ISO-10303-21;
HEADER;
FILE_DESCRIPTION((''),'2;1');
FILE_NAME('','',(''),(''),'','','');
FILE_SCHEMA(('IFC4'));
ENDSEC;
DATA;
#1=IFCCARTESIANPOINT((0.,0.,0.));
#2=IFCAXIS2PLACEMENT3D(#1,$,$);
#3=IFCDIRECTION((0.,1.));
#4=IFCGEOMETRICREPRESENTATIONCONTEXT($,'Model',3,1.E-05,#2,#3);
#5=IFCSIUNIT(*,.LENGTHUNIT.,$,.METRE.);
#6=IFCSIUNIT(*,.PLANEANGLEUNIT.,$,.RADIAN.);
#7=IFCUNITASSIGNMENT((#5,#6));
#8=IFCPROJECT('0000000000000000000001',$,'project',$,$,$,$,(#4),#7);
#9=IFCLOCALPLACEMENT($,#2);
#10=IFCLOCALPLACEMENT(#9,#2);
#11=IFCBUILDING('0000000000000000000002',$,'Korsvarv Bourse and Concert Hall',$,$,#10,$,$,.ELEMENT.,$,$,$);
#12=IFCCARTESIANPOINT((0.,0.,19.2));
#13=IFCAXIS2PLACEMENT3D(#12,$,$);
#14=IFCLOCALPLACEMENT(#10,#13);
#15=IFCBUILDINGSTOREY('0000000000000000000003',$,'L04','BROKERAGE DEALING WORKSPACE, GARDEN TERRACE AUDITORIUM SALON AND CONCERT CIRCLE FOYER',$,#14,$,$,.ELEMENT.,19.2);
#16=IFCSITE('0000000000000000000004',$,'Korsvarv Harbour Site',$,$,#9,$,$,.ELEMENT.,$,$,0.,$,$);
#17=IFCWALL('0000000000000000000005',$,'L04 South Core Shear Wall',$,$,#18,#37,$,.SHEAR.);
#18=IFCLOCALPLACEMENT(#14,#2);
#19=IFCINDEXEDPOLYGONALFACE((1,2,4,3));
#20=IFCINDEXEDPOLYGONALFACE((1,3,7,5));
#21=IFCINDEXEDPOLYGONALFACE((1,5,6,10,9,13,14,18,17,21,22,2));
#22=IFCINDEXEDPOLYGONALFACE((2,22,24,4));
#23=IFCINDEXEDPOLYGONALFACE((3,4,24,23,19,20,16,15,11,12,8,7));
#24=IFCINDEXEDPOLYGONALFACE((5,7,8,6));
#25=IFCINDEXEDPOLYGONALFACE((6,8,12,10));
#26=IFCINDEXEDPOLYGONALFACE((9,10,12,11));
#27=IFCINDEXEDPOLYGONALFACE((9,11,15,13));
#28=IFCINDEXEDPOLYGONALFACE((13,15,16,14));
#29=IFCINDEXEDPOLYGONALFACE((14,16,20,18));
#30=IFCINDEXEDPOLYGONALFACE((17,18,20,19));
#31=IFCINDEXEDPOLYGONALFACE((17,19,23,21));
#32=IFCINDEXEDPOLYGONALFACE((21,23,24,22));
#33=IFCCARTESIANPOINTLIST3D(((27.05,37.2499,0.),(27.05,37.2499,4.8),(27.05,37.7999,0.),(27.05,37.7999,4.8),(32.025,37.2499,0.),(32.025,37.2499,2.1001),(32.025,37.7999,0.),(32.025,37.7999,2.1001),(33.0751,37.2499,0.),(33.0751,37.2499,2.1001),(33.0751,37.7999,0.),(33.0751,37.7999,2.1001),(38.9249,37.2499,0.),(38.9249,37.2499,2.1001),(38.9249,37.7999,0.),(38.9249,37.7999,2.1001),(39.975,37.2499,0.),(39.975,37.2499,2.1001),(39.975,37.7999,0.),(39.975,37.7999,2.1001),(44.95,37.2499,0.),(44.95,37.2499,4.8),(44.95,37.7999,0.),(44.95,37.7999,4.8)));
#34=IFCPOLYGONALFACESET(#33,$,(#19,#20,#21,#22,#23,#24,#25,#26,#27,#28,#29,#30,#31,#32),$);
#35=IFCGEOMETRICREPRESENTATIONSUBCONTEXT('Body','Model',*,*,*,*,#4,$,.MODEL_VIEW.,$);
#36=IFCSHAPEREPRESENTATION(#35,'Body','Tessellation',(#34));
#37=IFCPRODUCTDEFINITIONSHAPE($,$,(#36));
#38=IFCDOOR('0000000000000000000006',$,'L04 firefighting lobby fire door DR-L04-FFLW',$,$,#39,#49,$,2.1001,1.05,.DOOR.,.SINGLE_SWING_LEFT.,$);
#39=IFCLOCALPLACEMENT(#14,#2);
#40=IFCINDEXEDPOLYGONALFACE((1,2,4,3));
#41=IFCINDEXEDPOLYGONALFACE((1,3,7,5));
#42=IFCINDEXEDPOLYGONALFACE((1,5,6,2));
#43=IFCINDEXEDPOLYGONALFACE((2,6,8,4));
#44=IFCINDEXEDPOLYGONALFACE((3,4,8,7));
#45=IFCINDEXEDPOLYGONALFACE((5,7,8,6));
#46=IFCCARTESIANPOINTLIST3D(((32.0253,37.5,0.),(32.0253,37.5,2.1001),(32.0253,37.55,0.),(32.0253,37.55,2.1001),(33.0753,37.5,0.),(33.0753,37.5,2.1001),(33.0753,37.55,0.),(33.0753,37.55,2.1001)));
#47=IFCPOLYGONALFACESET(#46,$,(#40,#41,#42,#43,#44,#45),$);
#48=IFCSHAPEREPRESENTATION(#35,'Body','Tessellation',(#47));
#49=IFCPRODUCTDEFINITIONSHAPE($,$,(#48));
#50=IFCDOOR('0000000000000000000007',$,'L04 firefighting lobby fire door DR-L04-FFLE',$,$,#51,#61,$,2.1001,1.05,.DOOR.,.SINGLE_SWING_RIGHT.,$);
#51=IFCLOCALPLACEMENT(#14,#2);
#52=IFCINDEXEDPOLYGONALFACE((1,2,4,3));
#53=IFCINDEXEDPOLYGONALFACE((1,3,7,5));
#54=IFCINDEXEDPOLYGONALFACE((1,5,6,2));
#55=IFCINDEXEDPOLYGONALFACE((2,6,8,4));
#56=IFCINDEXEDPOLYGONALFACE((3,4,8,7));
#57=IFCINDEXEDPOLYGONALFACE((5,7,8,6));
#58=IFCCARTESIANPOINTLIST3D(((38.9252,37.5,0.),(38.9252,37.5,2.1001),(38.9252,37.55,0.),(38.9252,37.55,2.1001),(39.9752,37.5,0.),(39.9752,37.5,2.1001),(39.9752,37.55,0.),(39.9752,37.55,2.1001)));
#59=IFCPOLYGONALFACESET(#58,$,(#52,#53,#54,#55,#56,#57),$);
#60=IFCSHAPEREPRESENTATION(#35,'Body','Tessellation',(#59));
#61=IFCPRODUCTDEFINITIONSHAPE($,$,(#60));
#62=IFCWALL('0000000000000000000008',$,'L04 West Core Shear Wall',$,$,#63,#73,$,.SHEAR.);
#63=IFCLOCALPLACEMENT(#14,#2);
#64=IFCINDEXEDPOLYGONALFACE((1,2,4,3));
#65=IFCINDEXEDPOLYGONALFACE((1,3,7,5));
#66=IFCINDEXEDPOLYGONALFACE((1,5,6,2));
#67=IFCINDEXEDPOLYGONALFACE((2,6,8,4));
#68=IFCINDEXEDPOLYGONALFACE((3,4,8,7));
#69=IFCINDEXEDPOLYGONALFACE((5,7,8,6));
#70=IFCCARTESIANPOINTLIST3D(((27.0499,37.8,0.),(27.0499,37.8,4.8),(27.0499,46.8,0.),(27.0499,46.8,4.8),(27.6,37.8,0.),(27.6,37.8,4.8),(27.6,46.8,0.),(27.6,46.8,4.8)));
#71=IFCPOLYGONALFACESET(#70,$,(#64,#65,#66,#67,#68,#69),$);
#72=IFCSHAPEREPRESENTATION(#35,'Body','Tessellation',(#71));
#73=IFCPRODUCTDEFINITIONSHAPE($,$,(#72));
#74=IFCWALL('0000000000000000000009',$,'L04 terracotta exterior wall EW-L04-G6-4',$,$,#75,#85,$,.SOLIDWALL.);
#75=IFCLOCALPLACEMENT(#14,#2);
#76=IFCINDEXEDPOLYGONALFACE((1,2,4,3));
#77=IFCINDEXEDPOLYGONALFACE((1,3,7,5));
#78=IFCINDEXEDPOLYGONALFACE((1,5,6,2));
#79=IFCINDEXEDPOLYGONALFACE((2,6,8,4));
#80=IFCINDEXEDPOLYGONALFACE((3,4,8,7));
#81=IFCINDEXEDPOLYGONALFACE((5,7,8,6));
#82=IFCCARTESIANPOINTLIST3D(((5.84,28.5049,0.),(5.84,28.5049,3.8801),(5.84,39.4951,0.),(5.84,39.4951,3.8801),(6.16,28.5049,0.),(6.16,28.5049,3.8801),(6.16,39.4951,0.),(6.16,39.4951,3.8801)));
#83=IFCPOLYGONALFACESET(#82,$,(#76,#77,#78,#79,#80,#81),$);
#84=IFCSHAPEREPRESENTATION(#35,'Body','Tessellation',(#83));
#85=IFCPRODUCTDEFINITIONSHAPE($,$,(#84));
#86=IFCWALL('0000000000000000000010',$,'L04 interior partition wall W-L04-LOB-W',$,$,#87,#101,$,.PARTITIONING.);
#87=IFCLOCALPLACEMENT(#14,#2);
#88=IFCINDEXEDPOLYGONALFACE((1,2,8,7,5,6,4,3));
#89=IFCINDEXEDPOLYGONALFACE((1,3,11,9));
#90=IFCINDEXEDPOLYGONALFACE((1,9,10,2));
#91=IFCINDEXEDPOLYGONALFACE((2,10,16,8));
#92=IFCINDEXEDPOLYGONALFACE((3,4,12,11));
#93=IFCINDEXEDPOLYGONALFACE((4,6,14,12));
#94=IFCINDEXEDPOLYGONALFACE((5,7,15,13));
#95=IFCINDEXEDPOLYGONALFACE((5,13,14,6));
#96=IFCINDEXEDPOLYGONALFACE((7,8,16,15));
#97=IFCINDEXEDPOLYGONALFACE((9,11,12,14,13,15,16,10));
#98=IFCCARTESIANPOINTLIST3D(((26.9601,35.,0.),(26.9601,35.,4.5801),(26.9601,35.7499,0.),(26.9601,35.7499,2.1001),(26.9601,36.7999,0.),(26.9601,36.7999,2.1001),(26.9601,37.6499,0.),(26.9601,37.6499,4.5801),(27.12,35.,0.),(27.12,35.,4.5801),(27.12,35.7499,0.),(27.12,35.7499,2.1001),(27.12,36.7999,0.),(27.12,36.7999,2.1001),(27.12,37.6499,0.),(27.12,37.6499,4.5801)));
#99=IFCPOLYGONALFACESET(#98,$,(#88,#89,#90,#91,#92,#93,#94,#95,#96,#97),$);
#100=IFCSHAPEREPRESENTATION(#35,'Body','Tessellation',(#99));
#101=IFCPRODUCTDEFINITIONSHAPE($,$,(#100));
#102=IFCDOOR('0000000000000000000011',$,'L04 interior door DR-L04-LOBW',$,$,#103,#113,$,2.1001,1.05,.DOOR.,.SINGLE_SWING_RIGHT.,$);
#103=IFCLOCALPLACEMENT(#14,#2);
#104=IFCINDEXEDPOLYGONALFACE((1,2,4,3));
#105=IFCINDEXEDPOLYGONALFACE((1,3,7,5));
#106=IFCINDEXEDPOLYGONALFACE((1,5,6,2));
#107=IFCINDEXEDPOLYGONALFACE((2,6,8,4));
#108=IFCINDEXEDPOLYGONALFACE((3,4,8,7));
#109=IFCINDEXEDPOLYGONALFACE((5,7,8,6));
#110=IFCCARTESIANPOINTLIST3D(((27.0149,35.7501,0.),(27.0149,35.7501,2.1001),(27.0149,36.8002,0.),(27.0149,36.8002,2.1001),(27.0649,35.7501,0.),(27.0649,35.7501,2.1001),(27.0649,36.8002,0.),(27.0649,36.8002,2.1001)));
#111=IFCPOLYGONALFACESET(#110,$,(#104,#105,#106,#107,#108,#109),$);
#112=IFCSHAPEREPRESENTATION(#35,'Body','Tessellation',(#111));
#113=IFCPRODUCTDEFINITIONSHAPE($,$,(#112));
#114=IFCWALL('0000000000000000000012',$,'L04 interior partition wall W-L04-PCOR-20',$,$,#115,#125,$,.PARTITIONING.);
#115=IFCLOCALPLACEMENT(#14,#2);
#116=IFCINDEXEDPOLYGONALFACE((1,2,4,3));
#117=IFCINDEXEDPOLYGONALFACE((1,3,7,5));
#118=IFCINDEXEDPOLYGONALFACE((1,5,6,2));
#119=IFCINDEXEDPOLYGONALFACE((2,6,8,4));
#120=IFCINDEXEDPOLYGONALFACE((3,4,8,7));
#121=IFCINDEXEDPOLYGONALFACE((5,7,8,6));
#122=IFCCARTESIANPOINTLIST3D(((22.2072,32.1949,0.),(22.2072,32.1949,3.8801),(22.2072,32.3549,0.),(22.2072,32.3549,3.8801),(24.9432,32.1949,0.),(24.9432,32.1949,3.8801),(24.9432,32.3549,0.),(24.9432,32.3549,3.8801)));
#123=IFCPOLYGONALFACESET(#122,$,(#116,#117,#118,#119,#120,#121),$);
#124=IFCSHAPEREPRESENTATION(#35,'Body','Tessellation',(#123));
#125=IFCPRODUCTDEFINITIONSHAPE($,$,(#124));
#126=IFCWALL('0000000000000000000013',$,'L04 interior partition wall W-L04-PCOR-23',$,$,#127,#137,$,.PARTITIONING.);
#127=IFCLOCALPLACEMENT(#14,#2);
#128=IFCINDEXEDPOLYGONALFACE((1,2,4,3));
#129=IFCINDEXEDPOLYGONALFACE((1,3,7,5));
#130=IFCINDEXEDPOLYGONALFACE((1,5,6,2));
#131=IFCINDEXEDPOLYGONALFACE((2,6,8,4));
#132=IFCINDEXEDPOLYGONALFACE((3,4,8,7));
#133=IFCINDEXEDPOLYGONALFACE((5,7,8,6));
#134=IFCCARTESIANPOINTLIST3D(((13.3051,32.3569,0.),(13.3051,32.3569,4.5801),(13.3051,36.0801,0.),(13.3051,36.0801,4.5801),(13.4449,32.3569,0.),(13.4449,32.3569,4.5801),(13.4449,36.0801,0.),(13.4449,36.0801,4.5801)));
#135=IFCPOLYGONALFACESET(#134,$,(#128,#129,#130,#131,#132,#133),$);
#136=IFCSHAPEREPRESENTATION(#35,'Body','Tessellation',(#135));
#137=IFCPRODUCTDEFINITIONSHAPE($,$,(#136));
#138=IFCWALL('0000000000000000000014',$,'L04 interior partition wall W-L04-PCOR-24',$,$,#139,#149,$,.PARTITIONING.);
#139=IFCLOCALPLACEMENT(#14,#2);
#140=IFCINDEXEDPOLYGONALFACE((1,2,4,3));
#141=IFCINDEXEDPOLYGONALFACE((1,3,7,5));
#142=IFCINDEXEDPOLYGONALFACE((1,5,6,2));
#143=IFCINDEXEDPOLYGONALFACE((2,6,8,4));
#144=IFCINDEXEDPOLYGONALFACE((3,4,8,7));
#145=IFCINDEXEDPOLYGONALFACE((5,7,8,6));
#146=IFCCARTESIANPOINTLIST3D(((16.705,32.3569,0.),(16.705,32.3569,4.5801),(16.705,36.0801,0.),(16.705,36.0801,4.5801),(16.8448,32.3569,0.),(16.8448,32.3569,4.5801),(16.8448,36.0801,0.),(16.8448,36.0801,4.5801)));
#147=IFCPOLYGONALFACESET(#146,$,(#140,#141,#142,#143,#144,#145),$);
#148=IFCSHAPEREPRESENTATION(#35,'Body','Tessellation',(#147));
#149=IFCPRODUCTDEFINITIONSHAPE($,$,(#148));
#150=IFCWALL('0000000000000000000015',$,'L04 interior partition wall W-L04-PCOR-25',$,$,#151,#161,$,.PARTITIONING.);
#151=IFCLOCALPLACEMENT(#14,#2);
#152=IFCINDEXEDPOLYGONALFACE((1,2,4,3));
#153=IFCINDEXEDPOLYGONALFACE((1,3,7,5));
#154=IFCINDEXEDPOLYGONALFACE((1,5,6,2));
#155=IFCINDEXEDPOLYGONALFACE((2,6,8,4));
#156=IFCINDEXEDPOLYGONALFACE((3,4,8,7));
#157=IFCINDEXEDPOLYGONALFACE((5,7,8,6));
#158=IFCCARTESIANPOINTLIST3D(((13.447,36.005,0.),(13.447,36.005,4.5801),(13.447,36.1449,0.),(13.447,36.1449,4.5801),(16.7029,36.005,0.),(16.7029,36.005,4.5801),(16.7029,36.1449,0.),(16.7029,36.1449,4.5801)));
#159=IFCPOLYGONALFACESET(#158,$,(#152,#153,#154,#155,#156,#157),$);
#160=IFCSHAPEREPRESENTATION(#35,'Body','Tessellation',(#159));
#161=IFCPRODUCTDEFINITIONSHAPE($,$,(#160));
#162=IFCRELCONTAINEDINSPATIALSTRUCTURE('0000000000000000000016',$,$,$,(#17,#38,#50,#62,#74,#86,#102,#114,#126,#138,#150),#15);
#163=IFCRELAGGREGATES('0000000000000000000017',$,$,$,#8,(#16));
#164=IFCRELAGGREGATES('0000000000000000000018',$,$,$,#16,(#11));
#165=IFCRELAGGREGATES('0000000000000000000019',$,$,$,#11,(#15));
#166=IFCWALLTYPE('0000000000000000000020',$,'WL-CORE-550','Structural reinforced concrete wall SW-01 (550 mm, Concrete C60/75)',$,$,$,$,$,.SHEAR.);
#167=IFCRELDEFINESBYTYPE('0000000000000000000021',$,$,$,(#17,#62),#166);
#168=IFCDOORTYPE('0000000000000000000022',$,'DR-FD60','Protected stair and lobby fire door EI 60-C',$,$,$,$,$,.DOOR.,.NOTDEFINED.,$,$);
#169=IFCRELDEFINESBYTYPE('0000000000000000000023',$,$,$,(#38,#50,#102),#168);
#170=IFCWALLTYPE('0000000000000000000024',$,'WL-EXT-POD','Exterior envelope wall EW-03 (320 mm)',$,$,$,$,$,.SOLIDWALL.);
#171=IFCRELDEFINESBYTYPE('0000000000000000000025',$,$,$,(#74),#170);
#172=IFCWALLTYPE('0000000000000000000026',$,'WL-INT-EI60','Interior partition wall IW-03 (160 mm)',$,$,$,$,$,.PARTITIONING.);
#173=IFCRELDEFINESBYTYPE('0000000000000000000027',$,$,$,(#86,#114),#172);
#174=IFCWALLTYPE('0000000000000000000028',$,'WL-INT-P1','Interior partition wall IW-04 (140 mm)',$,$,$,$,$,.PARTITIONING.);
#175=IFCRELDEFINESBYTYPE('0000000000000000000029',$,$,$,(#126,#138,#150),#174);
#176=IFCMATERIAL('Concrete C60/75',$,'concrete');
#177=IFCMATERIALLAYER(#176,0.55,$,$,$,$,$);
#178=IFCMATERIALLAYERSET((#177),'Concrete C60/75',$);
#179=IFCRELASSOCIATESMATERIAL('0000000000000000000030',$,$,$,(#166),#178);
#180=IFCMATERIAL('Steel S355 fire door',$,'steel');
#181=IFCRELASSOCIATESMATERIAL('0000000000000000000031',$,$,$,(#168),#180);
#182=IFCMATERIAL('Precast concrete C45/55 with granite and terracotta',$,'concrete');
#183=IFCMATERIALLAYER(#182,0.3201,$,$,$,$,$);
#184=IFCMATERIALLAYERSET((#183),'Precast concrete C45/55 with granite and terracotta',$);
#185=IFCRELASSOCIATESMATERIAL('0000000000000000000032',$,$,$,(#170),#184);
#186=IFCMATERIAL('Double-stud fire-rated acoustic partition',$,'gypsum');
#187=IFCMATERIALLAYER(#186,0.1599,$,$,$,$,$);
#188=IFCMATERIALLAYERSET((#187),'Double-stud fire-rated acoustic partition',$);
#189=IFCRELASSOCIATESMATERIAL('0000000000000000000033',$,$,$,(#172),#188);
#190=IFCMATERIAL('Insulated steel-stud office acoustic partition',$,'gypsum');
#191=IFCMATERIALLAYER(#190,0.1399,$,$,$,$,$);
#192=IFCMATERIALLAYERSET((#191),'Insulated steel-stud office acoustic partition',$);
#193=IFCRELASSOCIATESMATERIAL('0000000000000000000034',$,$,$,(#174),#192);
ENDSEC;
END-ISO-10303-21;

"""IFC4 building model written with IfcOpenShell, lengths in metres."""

from ifc_helpers import new_model, si_unit, direction, frame, frame_2d, origin, place, context, subcontext, project, spatial, rectangle, extrude, material, layer, layer_set, type_object, element, fill, save


model = new_model("IFC4")

# Units and contexts
model_context = context("Model", 3, precision=1e-05, world=origin(), true_north=direction((0.0, 1.0)))
body_context = subcontext(model_context, "Body", "Model", "MODEL_VIEW")
ifc_project = project(units=[si_unit("LENGTHUNIT", "METRE"), si_unit("PLANEANGLEUNIT", "RADIAN")], contexts=[model_context])

# Site, building, storey
site_placement = place(None, origin())
site = spatial("IfcSite", under=ifc_project, at=site_placement, Name="Korsvarv Harbour Site", CompositionType="ELEMENT", RefElevation=0.0)
building_placement = place(site_placement, origin())
building = spatial("IfcBuilding", under=site, at=building_placement, Name="Korsvarv Bourse and Concert Hall", CompositionType="ELEMENT")
storey_placement = place(building_placement, frame((0.0, 0.0, 19.2)))
storey = spatial("IfcBuildingStorey", under=building, at=storey_placement, Name="L04", Description="BROKERAGE DEALING WORKSPACE, GARDEN TERRACE AUDITORIUM SALON AND CONCERT CIRCLE FOYER", CompositionType="ELEMENT", Elevation=19.2)

# Shared definitions
ifc_material_1 = material(Name="Concrete C60/75", Category="concrete")

# Wall, openings, doors
ifc_layer_1 = layer(ifc_material_1, 0.55)
ifc_layer_set_1 = layer_set([ifc_layer_1], Name="Concrete C60/75")
wall_type_1 = type_object("IfcWallType", Name="WL-CORE-550", Description="Structural reinforced concrete wall SW-01 (550 mm, Concrete C60/75)", PredefinedType="SHEAR", material=ifc_layer_set_1)
wall_1_placement = place(storey_placement, frame((27.05, 37.5249, 0.0), z_axis=(0.0, 0.0, 1.0), x_axis=(1.0, 0.0, 0.0)))
wall_1 = element("IfcWall", 1, at=wall_1_placement, inside=storey, type_object=wall_type_1, Name="L04 South Core Shear Wall", PredefinedType="SHEAR", context=body_context, shape_type="SweptSolid", body=[
    extrude(rectangle(XDim=17.8999, YDim=0.55, at=frame_2d((8.95, 0.0))), origin(), (0.0, 0.0, 1.0), 4.8),
])
opening_1_placement = place(wall_1_placement, frame((4.9751, 0.0, 0.0)))
opening_1 = element("IfcOpeningElement", 2, at=opening_1_placement, cuts=wall_1, PredefinedType="OPENING", context=body_context, shape_type="SweptSolid", body=[
    extrude(rectangle(XDim=1.05, YDim=2.1001, at=frame_2d((0.5249, 1.05))), frame((0.0, 0.2852, 0.0), z_axis=(0.0, -1.0, 0.0), x_axis=(1.0, 0.0, 0.0)), (0.0, 0.0, 1.0), 0.5701),
])
opening_2_placement = place(wall_1_placement, frame((11.875, 0.0, 0.0)))
opening_2 = element("IfcOpeningElement", 3, at=opening_2_placement, cuts=wall_1, PredefinedType="OPENING", context=body_context, shape_type="SweptSolid", body=[
    extrude(rectangle(XDim=1.05, YDim=2.1001, at=frame_2d((0.5249, 1.05))), frame((0.0, 0.2852, 0.0), z_axis=(0.0, -1.0, 0.0), x_axis=(1.0, 0.0, 0.0)), (0.0, 0.0, 1.0), 0.5701),
])
ifc_material_2 = material(Name="Steel S355 fire door", Category="steel")
door_type = type_object("IfcDoorType", Name="DR-FD60", Description="Protected stair and lobby fire door EI 60-C", OperationType="NOTDEFINED", PredefinedType="DOOR", material=ifc_material_2)
door_1_placement = place(opening_1_placement, frame((1.05, 0.0, 0.0), z_axis=(0.0, 0.0, 1.0), x_axis=(-1.0, 0.0, 0.0)))
door_1 = element("IfcDoor", 4, at=door_1_placement, inside=storey, type_object=door_type, Name="L04 firefighting lobby fire door DR-L04-FFLW", OperationType="SINGLE_SWING_LEFT", OverallHeight=2.1001, OverallWidth=1.05, PredefinedType="DOOR", context=body_context, shape_type="SweptSolid", body=[
    extrude(rectangle(XDim=1.05, YDim=2.1001, at=frame_2d((0.5249, 1.05))), frame((0.0, 0.0249, 0.0), z_axis=(0.0, -1.0, 0.0), x_axis=(1.0, 0.0, 0.0)), (0.0, 0.0, 1.0), 0.05),
])
fill(opening_1, door_1)
door_2_placement = place(opening_2_placement, frame((1.05, 0.0, 0.0), z_axis=(0.0, 0.0, 1.0), x_axis=(-1.0, 0.0, 0.0)))
door_2 = element("IfcDoor", 5, at=door_2_placement, inside=storey, type_object=door_type, Name="L04 firefighting lobby fire door DR-L04-FFLE", OperationType="SINGLE_SWING_RIGHT", OverallHeight=2.1001, OverallWidth=1.05, PredefinedType="DOOR", context=body_context, shape_type="SweptSolid", body=[
    extrude(rectangle(XDim=1.05, YDim=2.1001, at=frame_2d((0.5249, 1.05))), frame((0.0, 0.0249, 0.0), z_axis=(0.0, -1.0, 0.0), x_axis=(1.0, 0.0, 0.0)), (0.0, 0.0, 1.0), 0.05),
])
fill(opening_2, door_2)

# Walls
wall_2_placement = place(storey_placement, frame((27.325, 37.8, 0.0), z_axis=(0.0, 0.0, 1.0), x_axis=(0.0, 1.0, 0.0)))
element("IfcWall", 6, at=wall_2_placement, inside=storey, type_object=wall_type_1, Name="L04 West Core Shear Wall", PredefinedType="SHEAR", context=body_context, shape_type="SweptSolid", body=[
    extrude(rectangle(XDim=9.0, YDim=0.55, at=frame_2d((4.5, 0.0))), origin(), (0.0, 0.0, 1.0), 4.8),
])
ifc_material_3 = material(Name="Precast concrete C45/55 with granite and terracotta", Category="concrete")
ifc_layer_2 = layer(ifc_material_3, 0.3201)
ifc_layer_set_2 = layer_set([ifc_layer_2], Name="Precast concrete C45/55 with granite and terracotta")
wall_type_2 = type_object("IfcWallType", Name="WL-EXT-POD", Description="Exterior envelope wall EW-03 (320 mm)", PredefinedType="SOLIDWALL", material=ifc_layer_set_2)
wall_3_placement = place(storey_placement, frame((6.0, 39.4951, 0.0), z_axis=(0.0, 0.0, 1.0), x_axis=(0.0, -1.0, 0.0)))
element("IfcWall", 7, at=wall_3_placement, inside=storey, type_object=wall_type_2, Name="L04 terracotta exterior wall EW-L04-G6-4", PredefinedType="SOLIDWALL", context=body_context, shape_type="SweptSolid", body=[
    extrude(rectangle(XDim=10.9902, YDim=0.3201, at=frame_2d((5.4951, 0.0))), origin(), (0.0, 0.0, 1.0), 3.8801),
])

# Wall, opening, door
ifc_material_4 = material(Name="Double-stud fire-rated acoustic partition", Category="gypsum")
ifc_layer_3 = layer(ifc_material_4, 0.1599)
ifc_layer_set_3 = layer_set([ifc_layer_3], Name="Double-stud fire-rated acoustic partition")
wall_type_3 = type_object("IfcWallType", Name="WL-INT-EI60", Description="Interior partition wall IW-03 (160 mm)", PredefinedType="PARTITIONING", material=ifc_layer_set_3)
wall_4_placement = place(storey_placement, frame((27.04, 35.0, 0.0), z_axis=(0.0, 0.0, 1.0), x_axis=(0.0, 1.0, 0.0)))
wall_4 = element("IfcWall", 8, at=wall_4_placement, inside=storey, type_object=wall_type_3, Name="L04 interior partition wall W-L04-LOB-W", PredefinedType="PARTITIONING", context=body_context, shape_type="SweptSolid", body=[
    extrude(rectangle(XDim=2.6499, YDim=0.1599, at=frame_2d((1.325, 0.0))), origin(), (0.0, 0.0, 1.0), 4.5801),
])
opening_3_placement = place(wall_4_placement, frame((0.75, 0.0, 0.0)))
opening_3 = element("IfcOpeningElement", 9, at=opening_3_placement, cuts=wall_4, PredefinedType="OPENING", context=body_context, shape_type="SweptSolid", body=[
    extrude(rectangle(XDim=1.05, YDim=2.1001, at=frame_2d((0.5249, 1.05))), frame((0.0, 0.0898, 0.0), z_axis=(0.0, -1.0, 0.0), x_axis=(1.0, 0.0, 0.0)), (0.0, 0.0, 1.0), 0.1799),
])
door_3_placement = place(opening_3_placement, frame((1.05, 0.0, 0.0), z_axis=(0.0, 0.0, 1.0), x_axis=(-1.0, 0.0, 0.0)))
door_3 = element("IfcDoor", 10, at=door_3_placement, inside=storey, type_object=door_type, Name="L04 interior door DR-L04-LOBW", OperationType="SINGLE_SWING_RIGHT", OverallHeight=2.1001, OverallWidth=1.05, PredefinedType="DOOR", context=body_context, shape_type="SweptSolid", body=[
    extrude(rectangle(XDim=1.05, YDim=2.1001, at=frame_2d((0.5249, 1.05))), frame((0.0, 0.0249, 0.0), z_axis=(0.0, -1.0, 0.0), x_axis=(1.0, 0.0, 0.0)), (0.0, 0.0, 1.0), 0.05),
])
fill(opening_3, door_3)

# Walls
wall_5_placement = place(storey_placement, frame((22.207, 32.2749, 0.0), z_axis=(0.0, 0.0, 1.0), x_axis=(1.0, 0.0, 0.0)))
element("IfcWall", 11, at=wall_5_placement, inside=storey, type_object=wall_type_3, Name="L04 interior partition wall W-L04-PCOR-20", PredefinedType="PARTITIONING", context=body_context, shape_type="SweptSolid", body=[
    extrude(rectangle(XDim=2.7361, YDim=0.1599, at=frame_2d((1.3682, 0.0))), origin(), (0.0, 0.0, 1.0), 3.8801),
])
ifc_material_5 = material(Name="Insulated steel-stud office acoustic partition", Category="gypsum")
ifc_layer_4 = layer(ifc_material_5, 0.1399)
ifc_layer_set_4 = layer_set([ifc_layer_4], Name="Insulated steel-stud office acoustic partition")
wall_type_4 = type_object("IfcWallType", Name="WL-INT-P1", Description="Interior partition wall IW-04 (140 mm)", PredefinedType="PARTITIONING", material=ifc_layer_set_4)
for number, where, z_axis, x_axis, name in (
    (12, (13.375, 32.3569, 0.0), (0.0, 0.0, 1.0), (0.0, 1.0, 0.0), "L04 interior partition wall W-L04-PCOR-23"),
    (13, (16.7749, 32.3569, 0.0), (0.0, 0.0, 1.0), (0.0, 1.0, 0.0), "L04 interior partition wall W-L04-PCOR-24"),
):
    element("IfcWall", number, at=place(storey_placement, frame(where, z_axis=z_axis, x_axis=x_axis)), inside=storey, type_object=wall_type_4, Name=name, PredefinedType="PARTITIONING", context=body_context, shape_type="SweptSolid", body=[
        extrude(rectangle(XDim=3.7231, YDim=0.1399, at=frame_2d((1.8616, 0.0))), origin(), (0.0, 0.0, 1.0), 4.5801),
    ])
wall_6_placement = place(storey_placement, frame((13.447, 36.075, 0.0), z_axis=(0.0, 0.0, 1.0), x_axis=(1.0, 0.0, 0.0)))
element("IfcWall", 14, at=wall_6_placement, inside=storey, type_object=wall_type_4, Name="L04 interior partition wall W-L04-PCOR-25", PredefinedType="PARTITIONING", context=body_context, shape_type="SweptSolid", body=[
    extrude(rectangle(XDim=3.2559, YDim=0.1399, at=frame_2d((1.6279, 0.0))), origin(), (0.0, 0.0, 1.0), 4.5801),
])

save(model, "model.ifc")
